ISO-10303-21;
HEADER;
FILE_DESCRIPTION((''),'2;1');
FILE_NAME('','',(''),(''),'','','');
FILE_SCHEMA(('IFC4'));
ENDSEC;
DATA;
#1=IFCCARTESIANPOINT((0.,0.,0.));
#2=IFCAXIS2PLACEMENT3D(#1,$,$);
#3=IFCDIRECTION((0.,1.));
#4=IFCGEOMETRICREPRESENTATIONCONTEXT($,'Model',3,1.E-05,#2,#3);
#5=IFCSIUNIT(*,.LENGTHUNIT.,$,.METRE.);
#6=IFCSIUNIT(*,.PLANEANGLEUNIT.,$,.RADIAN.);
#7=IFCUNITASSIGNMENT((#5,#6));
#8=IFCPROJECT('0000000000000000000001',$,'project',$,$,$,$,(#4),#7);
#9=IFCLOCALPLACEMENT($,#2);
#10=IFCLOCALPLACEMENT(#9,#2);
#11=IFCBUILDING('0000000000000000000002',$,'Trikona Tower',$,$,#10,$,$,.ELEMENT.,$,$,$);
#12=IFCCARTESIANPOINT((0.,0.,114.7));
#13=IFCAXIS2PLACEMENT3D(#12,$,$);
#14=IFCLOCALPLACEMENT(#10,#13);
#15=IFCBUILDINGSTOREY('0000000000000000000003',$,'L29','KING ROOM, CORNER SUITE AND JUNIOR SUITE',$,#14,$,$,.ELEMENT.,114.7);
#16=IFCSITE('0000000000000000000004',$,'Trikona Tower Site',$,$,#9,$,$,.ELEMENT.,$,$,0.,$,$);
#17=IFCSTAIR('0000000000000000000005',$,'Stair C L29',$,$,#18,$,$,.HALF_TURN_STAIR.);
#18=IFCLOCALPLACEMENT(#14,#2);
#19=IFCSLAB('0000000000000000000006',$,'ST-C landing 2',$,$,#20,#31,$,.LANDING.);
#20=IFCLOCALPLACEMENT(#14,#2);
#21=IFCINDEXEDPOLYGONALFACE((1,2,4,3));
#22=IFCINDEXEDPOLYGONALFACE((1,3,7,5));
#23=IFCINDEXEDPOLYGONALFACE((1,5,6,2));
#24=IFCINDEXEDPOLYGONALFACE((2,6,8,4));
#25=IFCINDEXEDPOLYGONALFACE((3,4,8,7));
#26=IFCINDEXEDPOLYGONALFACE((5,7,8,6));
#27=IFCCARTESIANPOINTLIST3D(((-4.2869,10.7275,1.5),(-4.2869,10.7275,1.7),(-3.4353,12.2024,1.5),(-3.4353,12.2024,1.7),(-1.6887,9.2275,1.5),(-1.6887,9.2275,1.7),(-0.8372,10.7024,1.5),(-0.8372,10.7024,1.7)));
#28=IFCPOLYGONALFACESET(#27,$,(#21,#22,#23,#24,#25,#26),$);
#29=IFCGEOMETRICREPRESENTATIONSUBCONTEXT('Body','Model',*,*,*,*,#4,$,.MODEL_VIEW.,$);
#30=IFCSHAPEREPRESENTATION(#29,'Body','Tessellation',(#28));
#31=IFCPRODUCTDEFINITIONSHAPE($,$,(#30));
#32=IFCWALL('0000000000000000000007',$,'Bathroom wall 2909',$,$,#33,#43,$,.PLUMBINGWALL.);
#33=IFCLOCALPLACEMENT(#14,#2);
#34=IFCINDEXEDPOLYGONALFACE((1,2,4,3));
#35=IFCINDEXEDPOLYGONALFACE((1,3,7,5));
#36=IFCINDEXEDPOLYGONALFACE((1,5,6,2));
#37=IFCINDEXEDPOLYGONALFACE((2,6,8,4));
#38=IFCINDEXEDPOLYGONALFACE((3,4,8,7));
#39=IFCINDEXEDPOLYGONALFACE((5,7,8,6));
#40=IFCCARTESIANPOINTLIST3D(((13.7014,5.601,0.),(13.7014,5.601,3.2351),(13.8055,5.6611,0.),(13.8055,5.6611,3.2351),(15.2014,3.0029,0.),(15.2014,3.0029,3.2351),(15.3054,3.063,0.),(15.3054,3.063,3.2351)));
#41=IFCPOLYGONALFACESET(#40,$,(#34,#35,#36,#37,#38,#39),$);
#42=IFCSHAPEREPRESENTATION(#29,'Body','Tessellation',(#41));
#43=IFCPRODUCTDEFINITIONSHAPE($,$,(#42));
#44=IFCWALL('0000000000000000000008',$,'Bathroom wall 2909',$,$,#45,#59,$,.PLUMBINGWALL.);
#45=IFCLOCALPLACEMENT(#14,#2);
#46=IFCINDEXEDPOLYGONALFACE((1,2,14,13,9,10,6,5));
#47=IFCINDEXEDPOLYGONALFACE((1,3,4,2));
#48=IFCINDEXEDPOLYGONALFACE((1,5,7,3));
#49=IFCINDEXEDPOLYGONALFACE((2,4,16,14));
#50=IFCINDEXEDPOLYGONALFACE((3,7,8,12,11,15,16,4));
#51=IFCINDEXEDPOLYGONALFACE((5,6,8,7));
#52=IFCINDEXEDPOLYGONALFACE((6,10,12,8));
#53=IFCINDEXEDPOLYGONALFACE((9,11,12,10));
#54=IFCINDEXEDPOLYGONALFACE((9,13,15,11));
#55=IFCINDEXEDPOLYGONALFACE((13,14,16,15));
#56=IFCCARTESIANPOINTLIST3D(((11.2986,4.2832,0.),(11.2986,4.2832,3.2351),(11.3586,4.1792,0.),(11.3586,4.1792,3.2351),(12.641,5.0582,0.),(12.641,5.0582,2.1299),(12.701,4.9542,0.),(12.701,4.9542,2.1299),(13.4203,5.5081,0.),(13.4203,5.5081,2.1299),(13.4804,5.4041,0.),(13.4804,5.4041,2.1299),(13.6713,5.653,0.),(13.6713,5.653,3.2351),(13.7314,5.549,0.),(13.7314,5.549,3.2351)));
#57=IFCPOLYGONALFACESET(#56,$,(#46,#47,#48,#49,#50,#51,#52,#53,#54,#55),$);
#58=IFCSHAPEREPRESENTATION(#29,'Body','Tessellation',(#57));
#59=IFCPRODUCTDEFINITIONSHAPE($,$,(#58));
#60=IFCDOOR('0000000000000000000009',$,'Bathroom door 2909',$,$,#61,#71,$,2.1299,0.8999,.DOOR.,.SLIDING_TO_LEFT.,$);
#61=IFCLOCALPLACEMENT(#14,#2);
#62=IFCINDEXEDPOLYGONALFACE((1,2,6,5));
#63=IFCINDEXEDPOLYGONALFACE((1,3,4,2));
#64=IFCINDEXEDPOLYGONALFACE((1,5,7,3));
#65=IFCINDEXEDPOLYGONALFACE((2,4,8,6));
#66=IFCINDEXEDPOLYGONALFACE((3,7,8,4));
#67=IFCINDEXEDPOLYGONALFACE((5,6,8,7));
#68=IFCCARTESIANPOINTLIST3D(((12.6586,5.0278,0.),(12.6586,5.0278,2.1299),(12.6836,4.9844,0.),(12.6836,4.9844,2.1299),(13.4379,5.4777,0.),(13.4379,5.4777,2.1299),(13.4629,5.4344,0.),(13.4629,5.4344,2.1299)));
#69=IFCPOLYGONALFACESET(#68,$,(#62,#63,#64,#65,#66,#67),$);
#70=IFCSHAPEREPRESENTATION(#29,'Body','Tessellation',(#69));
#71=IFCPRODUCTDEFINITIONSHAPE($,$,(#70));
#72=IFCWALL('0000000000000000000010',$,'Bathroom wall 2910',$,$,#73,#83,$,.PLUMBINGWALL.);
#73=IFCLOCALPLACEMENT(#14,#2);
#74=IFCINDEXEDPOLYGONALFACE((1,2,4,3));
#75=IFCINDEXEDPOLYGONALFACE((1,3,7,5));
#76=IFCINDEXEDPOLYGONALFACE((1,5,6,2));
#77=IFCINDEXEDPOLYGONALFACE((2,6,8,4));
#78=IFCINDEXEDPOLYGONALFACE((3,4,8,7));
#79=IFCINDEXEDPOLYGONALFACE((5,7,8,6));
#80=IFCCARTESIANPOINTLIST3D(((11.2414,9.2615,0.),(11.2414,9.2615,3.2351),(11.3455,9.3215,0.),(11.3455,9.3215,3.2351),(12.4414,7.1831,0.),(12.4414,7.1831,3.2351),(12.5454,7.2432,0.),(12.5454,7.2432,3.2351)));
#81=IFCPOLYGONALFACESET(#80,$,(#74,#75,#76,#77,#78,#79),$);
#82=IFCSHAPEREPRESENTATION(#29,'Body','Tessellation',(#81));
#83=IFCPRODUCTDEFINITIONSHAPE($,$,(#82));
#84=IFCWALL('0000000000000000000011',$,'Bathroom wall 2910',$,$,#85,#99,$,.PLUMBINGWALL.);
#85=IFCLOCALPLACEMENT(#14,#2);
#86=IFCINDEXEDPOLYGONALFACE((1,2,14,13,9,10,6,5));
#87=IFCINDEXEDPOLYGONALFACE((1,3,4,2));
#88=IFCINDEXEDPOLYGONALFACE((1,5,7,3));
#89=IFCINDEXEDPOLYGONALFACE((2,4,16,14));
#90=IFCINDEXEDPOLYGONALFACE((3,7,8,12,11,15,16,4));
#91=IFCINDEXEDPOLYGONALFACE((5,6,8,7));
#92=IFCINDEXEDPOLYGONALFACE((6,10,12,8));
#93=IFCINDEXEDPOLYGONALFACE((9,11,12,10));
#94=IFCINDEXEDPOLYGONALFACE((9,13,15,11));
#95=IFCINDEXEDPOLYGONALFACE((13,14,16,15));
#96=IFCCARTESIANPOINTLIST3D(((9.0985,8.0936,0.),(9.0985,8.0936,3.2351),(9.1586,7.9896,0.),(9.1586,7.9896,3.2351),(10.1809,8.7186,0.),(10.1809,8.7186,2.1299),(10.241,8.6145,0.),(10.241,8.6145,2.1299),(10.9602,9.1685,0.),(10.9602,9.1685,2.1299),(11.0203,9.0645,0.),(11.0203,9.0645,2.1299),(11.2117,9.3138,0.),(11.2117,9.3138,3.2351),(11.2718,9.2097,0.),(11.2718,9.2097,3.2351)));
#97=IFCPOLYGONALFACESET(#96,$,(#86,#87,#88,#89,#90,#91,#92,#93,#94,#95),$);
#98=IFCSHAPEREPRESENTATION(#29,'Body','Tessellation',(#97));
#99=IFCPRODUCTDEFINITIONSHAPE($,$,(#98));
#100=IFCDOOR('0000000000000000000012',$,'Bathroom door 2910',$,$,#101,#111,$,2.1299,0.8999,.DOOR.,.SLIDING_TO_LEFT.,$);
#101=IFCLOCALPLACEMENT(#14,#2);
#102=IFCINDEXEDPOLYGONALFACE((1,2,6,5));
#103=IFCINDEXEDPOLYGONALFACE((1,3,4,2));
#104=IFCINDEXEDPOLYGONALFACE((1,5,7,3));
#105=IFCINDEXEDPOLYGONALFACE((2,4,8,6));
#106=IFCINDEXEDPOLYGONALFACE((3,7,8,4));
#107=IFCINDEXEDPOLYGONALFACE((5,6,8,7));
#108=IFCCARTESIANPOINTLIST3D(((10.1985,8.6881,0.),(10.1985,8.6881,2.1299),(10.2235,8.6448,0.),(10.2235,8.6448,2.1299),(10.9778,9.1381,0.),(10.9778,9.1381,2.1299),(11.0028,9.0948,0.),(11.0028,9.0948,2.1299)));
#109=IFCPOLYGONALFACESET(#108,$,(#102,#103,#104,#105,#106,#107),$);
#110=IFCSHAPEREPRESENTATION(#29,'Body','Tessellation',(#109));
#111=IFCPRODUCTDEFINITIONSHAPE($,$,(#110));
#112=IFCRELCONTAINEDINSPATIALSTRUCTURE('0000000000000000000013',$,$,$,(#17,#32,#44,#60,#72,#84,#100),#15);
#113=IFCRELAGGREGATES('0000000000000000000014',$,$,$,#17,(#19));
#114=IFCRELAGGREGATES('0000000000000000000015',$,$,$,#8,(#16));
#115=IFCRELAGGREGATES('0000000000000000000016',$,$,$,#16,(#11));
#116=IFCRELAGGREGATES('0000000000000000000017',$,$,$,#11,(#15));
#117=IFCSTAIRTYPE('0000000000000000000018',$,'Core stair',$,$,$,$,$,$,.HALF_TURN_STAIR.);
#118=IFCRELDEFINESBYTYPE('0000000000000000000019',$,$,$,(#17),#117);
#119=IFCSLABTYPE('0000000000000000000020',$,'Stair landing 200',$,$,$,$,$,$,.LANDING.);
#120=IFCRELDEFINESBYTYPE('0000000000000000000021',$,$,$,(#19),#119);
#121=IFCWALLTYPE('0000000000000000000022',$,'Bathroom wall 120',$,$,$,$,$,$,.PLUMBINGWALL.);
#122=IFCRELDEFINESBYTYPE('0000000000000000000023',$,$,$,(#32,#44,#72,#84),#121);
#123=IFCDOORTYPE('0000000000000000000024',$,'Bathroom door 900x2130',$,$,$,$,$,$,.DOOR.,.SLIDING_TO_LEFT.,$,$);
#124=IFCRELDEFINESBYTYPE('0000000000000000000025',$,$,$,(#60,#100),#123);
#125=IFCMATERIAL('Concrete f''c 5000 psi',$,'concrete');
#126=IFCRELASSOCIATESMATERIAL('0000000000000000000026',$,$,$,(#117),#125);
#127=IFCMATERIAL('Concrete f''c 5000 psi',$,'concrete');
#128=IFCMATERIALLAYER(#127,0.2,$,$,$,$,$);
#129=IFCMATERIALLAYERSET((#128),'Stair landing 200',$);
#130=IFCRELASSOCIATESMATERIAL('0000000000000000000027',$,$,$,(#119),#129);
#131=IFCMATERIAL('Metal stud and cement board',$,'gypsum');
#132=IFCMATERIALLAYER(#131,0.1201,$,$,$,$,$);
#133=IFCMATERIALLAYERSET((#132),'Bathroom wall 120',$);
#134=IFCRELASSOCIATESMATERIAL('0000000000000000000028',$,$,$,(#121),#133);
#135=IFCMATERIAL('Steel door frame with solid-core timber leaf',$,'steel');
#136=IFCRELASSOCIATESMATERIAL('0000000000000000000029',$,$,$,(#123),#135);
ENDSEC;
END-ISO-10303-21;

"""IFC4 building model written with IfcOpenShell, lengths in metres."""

from ifc_helpers import new_model, si_unit, direction, frame, frame_2d, origin, place, context, subcontext, project, spatial, polyline, rectangle, outline, extrude, material, layer, layer_set, type_object, element, fill, aggregate, save


model = new_model("IFC4")

# Units and contexts
model_context = context("Model", 3, precision=1e-05, world=origin(), true_north=direction((0.0, 1.0)))
body_context = subcontext(model_context, "Body", "Model", "MODEL_VIEW")
ifc_project = project(units=[si_unit("LENGTHUNIT", "METRE"), si_unit("PLANEANGLEUNIT", "RADIAN")], contexts=[model_context])

# Site, building, storey
site_placement = place(None, origin())
site = spatial("IfcSite", under=ifc_project, at=site_placement, Name="Trikona Tower Site", CompositionType="ELEMENT", RefElevation=0.0)
building_placement = place(site_placement, origin())
building = spatial("IfcBuilding", under=site, at=building_placement, Name="Trikona Tower", CompositionType="ELEMENT")
storey_placement = place(building_placement, frame((0.0, 0.0, 114.7)))
storey = spatial("IfcBuildingStorey", under=building, at=storey_placement, Name="L29", Description="KING ROOM, CORNER SUITE AND JUNIOR SUITE", CompositionType="ELEMENT", Elevation=114.7)

# Stair, slab
ifc_material_1 = material(Name="Concrete f'c 5000 psi", Category="concrete")
stair_type = type_object("IfcStairType", Name="Core stair", PredefinedType="HALF_TURN_STAIR", material=ifc_material_1)
ifc_material_2 = material(Name="Concrete f'c 5000 psi", Category="concrete")
ifc_layer_1 = layer(ifc_material_2, 0.2)
ifc_layer_set_1 = layer_set([ifc_layer_1], Name="Stair landing 200")
slab_type_1 = type_object("IfcSlabType", Name="Stair landing 200", PredefinedType="LANDING", material=ifc_layer_set_1)
stair_1_placement = place(storey_placement, origin())
stair_1 = element("IfcStair", 1, at=stair_1_placement, inside=storey, type_object=stair_type, Name="Stair C L29", PredefinedType="HALF_TURN_STAIR")
slab_1_placement = place(storey_placement, frame((0.0, 0.0, 1.5)))
slab_1 = element("IfcSlab", 2, at=slab_1_placement, type_object=slab_type_1, Name="ST-C landing 2", PredefinedType="LANDING", context=body_context, shape_type="SweptSolid", body=[
    extrude(outline(polyline([(-0.8372, 10.7024), (-1.6887, 9.2275), (-4.2869, 10.7275), (-3.4353, 12.2024), (-0.8372, 10.7024)])), origin(), (0.0, 0.0, 1.0), 0.2),
])
aggregate(stair_1, [slab_1])

# Wall
ifc_material_3 = material(Name="Metal stud and cement board", Category="gypsum")
ifc_layer_2 = layer(ifc_material_3, 0.1201)
ifc_layer_set_2 = layer_set([ifc_layer_2], Name="Bathroom wall 120")
wall_type_1 = type_object("IfcWallType", Name="Bathroom wall 120", PredefinedType="PLUMBINGWALL", material=ifc_layer_set_2)
wall_1_placement = place(storey_placement, frame((15.2534, 3.033, 0.0), z_axis=(0.0, 0.0, 1.0), x_axis=(-0.49999, 0.866031, 0.0)))
element("IfcWall", 3, at=wall_1_placement, inside=storey, type_object=wall_type_1, Name="Bathroom wall 2909", PredefinedType="PLUMBINGWALL", context=body_context, shape_type="SweptSolid", body=[
    extrude(rectangle(XDim=3.0, YDim=0.1201, at=frame_2d((1.5, 0.0))), origin(), (0.0, 0.0, 1.0), 3.2351),
])

# Wall, opening, door
wall_2_placement = place(storey_placement, frame((11.3286, 4.2312, 0.0), z_axis=(0.0, 0.0, 1.0), x_axis=(0.866036, 0.499982, 0.0)))
wall_2 = element("IfcWall", 4, at=wall_2_placement, inside=storey, type_object=wall_type_1, Name="Bathroom wall 2909", PredefinedType="PLUMBINGWALL", context=body_context, shape_type="SweptSolid", body=[
    extrude(rectangle(XDim=2.7397, YDim=0.1201, at=frame_2d((1.3699, 0.0))), origin(), (0.0, 0.0, 1.0), 3.2351),
])
opening_1_placement = place(wall_2_placement, frame((1.55, 0.0, 0.0)))
opening_1 = element("IfcOpeningElement", 5, at=opening_1_placement, cuts=wall_2, PredefinedType="OPENING", context=body_context, shape_type="SweptSolid", body=[
    extrude(rectangle(XDim=0.8999, YDim=2.1299, at=frame_2d((0.45, 1.0649))), frame((0.0, 0.0701, 0.0), z_axis=(0.0, -1.0, 0.0), x_axis=(1.0, 0.0, 0.0)), (0.0, 0.0, 1.0), 0.1401),
])
ifc_material_4 = material(Name="Steel door frame with solid-core timber leaf", Category="steel")
door_type_1 = type_object("IfcDoorType", Name="Bathroom door 900x2130", OperationType="SLIDING_TO_LEFT", PredefinedType="DOOR", material=ifc_material_4)
door_1_placement = place(opening_1_placement, origin())
door_1 = element("IfcDoor", 6, at=door_1_placement, inside=storey, type_object=door_type_1, Name="Bathroom door 2909", OperationType="SLIDING_TO_LEFT", OverallHeight=2.1299, OverallWidth=0.8999, PredefinedType="DOOR", context=body_context, shape_type="SweptSolid", body=[
    extrude(rectangle(XDim=0.8999, YDim=2.1299, at=frame_2d((0.45, 1.0649))), frame((0.0, 0.0249, 0.0), z_axis=(0.0, -1.0, 0.0), x_axis=(1.0, 0.0, 0.0)), (0.0, 0.0, 1.0), 0.05),
])
fill(opening_1, door_1)

# Wall
wall_3_placement = place(storey_placement, frame((12.4934, 7.2131, 0.0), z_axis=(0.0, 0.0, 1.0), x_axis=(-0.500001, 0.866025, 0.0)))
element("IfcWall", 7, at=wall_3_placement, inside=storey, type_object=wall_type_1, Name="Bathroom wall 2910", PredefinedType="PLUMBINGWALL", context=body_context, shape_type="SweptSolid", body=[
    extrude(rectangle(XDim=2.3999, YDim=0.1201, at=frame_2d((1.2, 0.0))), origin(), (0.0, 0.0, 1.0), 3.2351),
])

# Wall, opening, door
wall_4_placement = place(storey_placement, frame((9.1284, 8.0415, 0.0), z_axis=(0.0, 0.0, 1.0), x_axis=(0.866006, 0.500034, 0.0)))
wall_4 = element("IfcWall", 8, at=wall_4_placement, inside=storey, type_object=wall_type_1, Name="Bathroom wall 2910", PredefinedType="PLUMBINGWALL", context=body_context, shape_type="SweptSolid", body=[
    extrude(rectangle(XDim=2.4402, YDim=0.1201, at=frame_2d((1.2202, 0.0))), origin(), (0.0, 0.0, 1.0), 3.2351),
])
opening_2_placement = place(wall_4_placement, frame((1.25, 0.0, 0.0)))
opening_2 = element("IfcOpeningElement", 9, at=opening_2_placement, cuts=wall_4, PredefinedType="OPENING", context=body_context, shape_type="SweptSolid", body=[
    extrude(rectangle(XDim=0.8999, YDim=2.1299, at=frame_2d((0.45, 1.0649))), frame((0.0, 0.0701, 0.0), z_axis=(0.0, -1.0, 0.0), x_axis=(1.0, 0.0, 0.0)), (0.0, 0.0, 1.0), 0.1401),
])
door_2_placement = place(opening_2_placement, origin())
door_2 = element("IfcDoor", 10, at=door_2_placement, inside=storey, type_object=door_type_1, Name="Bathroom door 2910", OperationType="SLIDING_TO_LEFT", OverallHeight=2.1299, OverallWidth=0.8999, PredefinedType="DOOR", context=body_context, shape_type="SweptSolid", body=[
    extrude(rectangle(XDim=0.8999, YDim=2.1299, at=frame_2d((0.45, 1.0649))), frame((0.0, 0.0249, 0.0), z_axis=(0.0, -1.0, 0.0), x_axis=(1.0, 0.0, 0.0)), (0.0, 0.0, 1.0), 0.05),
])
fill(opening_2, door_2)

save(model, "model.ifc")
